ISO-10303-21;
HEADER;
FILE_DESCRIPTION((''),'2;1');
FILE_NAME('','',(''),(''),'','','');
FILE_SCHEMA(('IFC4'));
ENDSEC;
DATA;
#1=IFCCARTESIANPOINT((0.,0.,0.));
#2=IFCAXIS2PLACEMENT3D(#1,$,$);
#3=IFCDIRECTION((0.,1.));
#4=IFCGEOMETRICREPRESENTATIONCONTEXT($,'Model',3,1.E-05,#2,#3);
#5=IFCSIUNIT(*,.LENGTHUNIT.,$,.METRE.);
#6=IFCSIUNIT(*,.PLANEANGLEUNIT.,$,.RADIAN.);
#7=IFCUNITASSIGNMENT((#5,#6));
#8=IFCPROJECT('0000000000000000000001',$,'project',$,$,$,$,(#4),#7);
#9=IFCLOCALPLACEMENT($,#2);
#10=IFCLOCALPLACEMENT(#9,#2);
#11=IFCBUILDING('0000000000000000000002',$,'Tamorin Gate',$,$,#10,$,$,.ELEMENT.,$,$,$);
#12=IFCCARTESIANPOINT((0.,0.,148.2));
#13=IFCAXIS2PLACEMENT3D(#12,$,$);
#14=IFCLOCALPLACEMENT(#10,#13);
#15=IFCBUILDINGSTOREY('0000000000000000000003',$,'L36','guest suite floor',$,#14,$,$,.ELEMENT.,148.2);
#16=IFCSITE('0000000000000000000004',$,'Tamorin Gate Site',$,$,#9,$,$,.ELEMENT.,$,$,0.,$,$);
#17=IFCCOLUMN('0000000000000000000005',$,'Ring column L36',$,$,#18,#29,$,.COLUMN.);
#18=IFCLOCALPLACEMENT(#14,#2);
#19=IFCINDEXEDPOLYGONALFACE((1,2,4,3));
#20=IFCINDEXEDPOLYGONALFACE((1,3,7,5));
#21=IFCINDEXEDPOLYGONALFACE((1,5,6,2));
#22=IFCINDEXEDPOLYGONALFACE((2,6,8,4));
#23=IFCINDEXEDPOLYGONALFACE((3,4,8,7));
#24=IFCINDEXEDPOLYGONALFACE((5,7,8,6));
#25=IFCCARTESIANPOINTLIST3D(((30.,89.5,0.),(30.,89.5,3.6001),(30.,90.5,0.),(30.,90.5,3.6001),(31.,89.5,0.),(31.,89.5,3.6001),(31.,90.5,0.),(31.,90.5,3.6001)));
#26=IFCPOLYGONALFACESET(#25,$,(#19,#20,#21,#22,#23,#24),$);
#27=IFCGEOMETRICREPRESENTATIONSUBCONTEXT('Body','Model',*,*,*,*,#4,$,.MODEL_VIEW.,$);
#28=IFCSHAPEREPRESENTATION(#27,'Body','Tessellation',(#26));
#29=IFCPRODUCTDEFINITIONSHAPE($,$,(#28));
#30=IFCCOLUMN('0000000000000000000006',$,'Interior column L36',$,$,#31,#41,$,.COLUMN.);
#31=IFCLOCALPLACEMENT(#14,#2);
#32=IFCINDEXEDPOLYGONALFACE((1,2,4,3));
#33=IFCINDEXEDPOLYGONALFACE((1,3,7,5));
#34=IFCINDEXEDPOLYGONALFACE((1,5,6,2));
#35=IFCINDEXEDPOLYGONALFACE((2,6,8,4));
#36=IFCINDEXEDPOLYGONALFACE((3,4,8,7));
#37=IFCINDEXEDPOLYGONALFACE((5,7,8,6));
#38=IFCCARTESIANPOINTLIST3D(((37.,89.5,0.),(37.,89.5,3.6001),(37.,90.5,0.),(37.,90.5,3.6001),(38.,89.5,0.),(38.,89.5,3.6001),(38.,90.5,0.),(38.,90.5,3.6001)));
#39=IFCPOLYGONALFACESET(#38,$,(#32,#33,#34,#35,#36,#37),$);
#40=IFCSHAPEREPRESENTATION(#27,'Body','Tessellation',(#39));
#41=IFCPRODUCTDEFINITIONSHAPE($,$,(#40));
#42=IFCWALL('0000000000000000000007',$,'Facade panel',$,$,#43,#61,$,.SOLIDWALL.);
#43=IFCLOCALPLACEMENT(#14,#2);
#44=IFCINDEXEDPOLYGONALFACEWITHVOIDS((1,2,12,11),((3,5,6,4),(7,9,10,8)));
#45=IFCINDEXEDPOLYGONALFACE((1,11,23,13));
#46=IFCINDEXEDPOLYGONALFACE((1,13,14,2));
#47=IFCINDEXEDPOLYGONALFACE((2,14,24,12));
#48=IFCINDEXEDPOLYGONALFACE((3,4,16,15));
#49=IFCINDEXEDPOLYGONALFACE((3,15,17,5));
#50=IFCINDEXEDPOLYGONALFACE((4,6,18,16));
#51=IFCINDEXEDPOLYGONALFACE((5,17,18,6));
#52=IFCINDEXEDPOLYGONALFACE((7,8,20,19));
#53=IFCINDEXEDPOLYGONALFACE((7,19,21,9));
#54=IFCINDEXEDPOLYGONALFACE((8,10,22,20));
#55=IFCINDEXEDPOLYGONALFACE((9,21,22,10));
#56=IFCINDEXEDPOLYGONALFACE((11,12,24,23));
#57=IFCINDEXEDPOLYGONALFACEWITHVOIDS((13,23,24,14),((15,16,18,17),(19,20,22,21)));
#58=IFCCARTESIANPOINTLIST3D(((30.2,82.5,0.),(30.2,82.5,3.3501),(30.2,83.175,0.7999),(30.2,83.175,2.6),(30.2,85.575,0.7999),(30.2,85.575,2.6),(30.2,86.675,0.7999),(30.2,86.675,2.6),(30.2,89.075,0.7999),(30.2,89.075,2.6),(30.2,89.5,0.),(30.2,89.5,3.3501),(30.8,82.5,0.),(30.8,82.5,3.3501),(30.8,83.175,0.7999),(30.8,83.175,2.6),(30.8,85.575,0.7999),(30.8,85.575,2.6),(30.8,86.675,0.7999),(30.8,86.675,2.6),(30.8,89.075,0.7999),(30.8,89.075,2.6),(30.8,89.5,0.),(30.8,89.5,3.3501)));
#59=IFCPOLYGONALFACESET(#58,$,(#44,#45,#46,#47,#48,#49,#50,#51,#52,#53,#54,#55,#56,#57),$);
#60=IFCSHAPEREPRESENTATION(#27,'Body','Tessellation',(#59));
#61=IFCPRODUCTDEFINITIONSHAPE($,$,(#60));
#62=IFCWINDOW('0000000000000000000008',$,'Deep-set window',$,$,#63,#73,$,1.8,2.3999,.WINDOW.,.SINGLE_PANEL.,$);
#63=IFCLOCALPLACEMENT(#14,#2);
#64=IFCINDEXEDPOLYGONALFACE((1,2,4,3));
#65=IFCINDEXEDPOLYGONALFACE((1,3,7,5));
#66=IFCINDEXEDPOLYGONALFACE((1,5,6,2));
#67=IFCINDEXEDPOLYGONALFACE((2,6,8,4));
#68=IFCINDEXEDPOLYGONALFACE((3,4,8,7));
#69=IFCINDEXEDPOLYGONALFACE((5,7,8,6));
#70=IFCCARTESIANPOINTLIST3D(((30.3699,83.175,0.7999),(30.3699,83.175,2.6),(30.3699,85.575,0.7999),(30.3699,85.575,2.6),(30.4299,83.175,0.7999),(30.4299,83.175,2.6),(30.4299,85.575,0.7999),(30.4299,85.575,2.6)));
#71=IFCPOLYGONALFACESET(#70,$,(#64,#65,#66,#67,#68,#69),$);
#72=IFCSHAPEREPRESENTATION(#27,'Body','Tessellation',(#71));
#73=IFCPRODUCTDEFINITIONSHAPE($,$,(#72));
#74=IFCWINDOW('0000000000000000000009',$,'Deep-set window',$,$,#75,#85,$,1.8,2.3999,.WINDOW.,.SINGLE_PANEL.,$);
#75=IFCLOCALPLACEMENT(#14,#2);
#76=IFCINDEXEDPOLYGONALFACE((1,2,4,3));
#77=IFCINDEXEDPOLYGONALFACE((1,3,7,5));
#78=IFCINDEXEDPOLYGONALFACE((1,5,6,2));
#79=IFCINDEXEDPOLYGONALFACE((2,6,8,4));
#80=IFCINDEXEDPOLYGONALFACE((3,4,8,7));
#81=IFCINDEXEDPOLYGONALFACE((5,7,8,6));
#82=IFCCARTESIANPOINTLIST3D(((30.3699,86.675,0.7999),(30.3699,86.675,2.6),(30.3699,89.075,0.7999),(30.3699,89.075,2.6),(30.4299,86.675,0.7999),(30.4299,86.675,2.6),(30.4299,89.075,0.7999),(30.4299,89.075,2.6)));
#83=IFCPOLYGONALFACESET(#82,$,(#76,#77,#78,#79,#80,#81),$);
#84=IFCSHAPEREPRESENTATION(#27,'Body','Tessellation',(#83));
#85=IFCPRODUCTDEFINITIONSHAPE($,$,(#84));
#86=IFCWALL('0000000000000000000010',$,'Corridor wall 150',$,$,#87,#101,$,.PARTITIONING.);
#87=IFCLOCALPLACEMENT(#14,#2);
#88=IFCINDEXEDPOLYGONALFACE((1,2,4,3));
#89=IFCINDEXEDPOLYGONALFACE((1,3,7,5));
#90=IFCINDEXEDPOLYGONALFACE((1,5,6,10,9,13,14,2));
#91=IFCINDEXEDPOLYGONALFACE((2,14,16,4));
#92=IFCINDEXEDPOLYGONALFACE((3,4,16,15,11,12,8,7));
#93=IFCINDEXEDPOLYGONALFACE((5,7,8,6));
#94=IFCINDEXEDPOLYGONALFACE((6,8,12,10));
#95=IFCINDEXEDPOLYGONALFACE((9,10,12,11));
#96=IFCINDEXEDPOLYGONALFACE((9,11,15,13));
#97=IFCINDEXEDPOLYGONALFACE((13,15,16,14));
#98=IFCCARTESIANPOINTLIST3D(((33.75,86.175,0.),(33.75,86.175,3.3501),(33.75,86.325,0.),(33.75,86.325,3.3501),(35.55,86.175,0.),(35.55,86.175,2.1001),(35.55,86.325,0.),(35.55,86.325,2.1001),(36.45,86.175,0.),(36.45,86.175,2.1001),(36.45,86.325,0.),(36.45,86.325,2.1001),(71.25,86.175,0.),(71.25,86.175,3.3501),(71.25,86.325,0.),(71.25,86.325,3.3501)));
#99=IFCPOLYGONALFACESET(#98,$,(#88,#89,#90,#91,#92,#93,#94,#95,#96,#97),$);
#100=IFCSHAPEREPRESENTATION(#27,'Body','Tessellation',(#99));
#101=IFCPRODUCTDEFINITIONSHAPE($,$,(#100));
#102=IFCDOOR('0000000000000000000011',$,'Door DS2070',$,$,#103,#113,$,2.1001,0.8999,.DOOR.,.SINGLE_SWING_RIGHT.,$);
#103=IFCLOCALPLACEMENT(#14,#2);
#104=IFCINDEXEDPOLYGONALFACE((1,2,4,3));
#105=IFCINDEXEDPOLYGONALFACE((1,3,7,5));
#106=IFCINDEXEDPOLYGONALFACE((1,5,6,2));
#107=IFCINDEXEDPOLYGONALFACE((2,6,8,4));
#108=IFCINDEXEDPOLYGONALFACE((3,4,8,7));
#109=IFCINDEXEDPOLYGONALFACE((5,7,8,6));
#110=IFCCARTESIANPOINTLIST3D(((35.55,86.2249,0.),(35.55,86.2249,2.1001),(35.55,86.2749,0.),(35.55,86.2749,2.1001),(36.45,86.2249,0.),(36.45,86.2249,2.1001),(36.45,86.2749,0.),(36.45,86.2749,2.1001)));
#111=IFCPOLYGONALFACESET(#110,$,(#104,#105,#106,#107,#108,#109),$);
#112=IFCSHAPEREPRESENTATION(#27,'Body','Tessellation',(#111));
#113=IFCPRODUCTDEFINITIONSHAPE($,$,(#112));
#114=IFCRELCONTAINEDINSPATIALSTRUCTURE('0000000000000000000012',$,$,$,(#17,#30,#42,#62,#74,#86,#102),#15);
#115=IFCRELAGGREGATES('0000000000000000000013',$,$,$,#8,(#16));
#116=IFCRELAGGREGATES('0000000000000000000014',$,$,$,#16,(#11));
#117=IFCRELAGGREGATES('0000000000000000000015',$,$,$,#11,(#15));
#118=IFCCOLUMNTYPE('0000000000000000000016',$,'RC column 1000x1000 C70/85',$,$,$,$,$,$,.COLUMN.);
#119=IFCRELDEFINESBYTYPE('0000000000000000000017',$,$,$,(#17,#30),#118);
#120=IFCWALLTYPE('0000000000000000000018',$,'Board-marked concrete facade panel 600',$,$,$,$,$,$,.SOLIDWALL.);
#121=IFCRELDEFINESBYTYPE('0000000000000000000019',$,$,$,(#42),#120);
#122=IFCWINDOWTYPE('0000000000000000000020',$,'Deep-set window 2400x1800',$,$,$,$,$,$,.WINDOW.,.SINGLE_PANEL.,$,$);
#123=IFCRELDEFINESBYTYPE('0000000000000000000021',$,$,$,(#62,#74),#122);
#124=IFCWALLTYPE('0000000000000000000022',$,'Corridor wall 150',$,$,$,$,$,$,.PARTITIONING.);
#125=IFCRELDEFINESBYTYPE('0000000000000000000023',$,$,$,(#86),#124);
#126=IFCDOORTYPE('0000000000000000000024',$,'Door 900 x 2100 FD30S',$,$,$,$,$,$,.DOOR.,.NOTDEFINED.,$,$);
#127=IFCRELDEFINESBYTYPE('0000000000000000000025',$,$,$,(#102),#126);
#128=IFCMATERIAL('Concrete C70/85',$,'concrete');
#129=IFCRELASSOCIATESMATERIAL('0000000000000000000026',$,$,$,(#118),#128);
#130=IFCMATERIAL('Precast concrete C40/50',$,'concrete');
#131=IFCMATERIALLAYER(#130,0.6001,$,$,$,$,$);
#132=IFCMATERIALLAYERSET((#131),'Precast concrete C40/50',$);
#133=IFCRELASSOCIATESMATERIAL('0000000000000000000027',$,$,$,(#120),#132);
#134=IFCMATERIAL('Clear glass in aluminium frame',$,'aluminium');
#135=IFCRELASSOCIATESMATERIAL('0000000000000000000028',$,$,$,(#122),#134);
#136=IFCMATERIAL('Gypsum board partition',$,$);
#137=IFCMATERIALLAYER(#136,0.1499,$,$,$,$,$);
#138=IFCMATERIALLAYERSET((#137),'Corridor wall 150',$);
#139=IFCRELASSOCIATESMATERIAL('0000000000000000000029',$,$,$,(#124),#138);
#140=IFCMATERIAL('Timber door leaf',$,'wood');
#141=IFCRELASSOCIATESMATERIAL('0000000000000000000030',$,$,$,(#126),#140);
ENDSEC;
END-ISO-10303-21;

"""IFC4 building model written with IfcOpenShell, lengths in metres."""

from ifc_helpers import new_model, si_unit, direction, frame, frame_2d, origin, origin_2d, place, context, subcontext, project, spatial, rectangle, extrude, material, layer, layer_set, material_profile, profile_set, type_object, element, fill, save


model = new_model("IFC4")

# Units and contexts
model_context = context("Model", 3, precision=1e-05, world=origin(), true_north=direction((0.0, 1.0)))
body_context = subcontext(model_context, "Body", "Model", "MODEL_VIEW")
ifc_project = project(units=[si_unit("LENGTHUNIT", "METRE"), si_unit("PLANEANGLEUNIT", "RADIAN")], contexts=[model_context])

# Site, building, storey
site_placement = place(None, origin())
site = spatial("IfcSite", under=ifc_project, at=site_placement, Name="Tamorin Gate Site", CompositionType="ELEMENT", RefElevation=0.0)
building_placement = place(site_placement, origin())
building = spatial("IfcBuilding", under=site, at=building_placement, Name="Tamorin Gate", CompositionType="ELEMENT")
storey_placement = place(building_placement, frame((0.0, 0.0, 148.2)))
storey = spatial("IfcBuildingStorey", under=building, at=storey_placement, Name="L36", Description="guest suite floor", CompositionType="ELEMENT", Elevation=148.2)

# Columns
ifc_material_1 = material(Name="Concrete C70/85", Category="concrete")
ifc_material_profile = material_profile(ifc_material_1, rectangle(XDim=1.0, YDim=1.0, at=origin_2d()), Name="RC 1000x1000")
ifc_profile_set = profile_set([ifc_material_profile], Name="Concrete C70/85")
column_type = type_object("IfcColumnType", Name="RC column 1000x1000 C70/85", PredefinedType="COLUMN", material=ifc_profile_set)
for number, where, z_axis, x_axis, name in (
    (1, (30.5, 90.0, 0.0), (0.0, 0.0, 1.0), (1.0, 0.0, 0.0), "Ring column L36"),
    (2, (37.5, 90.0, 0.0), (0.0, 0.0, 1.0), (1.0, 0.0, 0.0), "Interior column L36"),
):
    element("IfcColumn", number, at=place(storey_placement, frame(where, z_axis=z_axis, x_axis=x_axis)), inside=storey, type_object=column_type, Name=name, PredefinedType="COLUMN", context=body_context, shape_type="SweptSolid", body=[
        extrude(rectangle(XDim=1.0, YDim=1.0, at=origin_2d()), origin(), (0.0, 0.0, 1.0), 3.6001),
    ])

# Wall, openings, windows
ifc_material_2 = material(Name="Precast concrete C40/50", Category="concrete")
ifc_layer_1 = layer(ifc_material_2, 0.6001)
ifc_layer_set_1 = layer_set([ifc_layer_1], Name="Precast concrete C40/50")
wall_type_1 = type_object("IfcWallType", Name="Board-marked concrete facade panel 600", PredefinedType="SOLIDWALL", material=ifc_layer_set_1)
wall_1_placement = place(storey_placement, frame((30.5, 89.5, 0.0), z_axis=(0.0, 0.0, 1.0), x_axis=(0.0, -1.0, 0.0)))
wall_1 = element("IfcWall", 3, at=wall_1_placement, inside=storey, type_object=wall_type_1, Name="Facade panel", PredefinedType="SOLIDWALL", context=body_context, shape_type="SweptSolid", body=[
    extrude(rectangle(XDim=7.0, YDim=0.6001, at=frame_2d((3.5, 0.0))), origin(), (0.0, 0.0, 1.0), 3.3501),
])
opening_1_placement = place(wall_1_placement, frame((3.925, 0.0, 0.8)))
opening_1 = element("IfcOpeningElement", 4, at=opening_1_placement, cuts=wall_1, PredefinedType="OPENING", context=body_context, shape_type="SweptSolid", body=[
    extrude(rectangle(XDim=2.3999, YDim=1.8, at=frame_2d((1.2, 0.8999))), frame((0.0, 0.3101, 0.0), z_axis=(0.0, -1.0, 0.0), x_axis=(1.0, 0.0, 0.0)), (0.0, 0.0, 1.0), 0.6201),
])
opening_2_placement = place(wall_1_placement, frame((0.425, 0.0, 0.8)))
opening_2 = element("IfcOpeningElement", 5, at=opening_2_placement, cuts=wall_1, PredefinedType="OPENING", context=body_context, shape_type="SweptSolid", body=[
    extrude(rectangle(XDim=2.3999, YDim=1.8, at=frame_2d((1.2, 0.8999))), frame((0.0, 0.3101, 0.0), z_axis=(0.0, -1.0, 0.0), x_axis=(1.0, 0.0, 0.0)), (0.0, 0.0, 1.0), 0.6201),
])
ifc_material_3 = material(Name="Clear glass in aluminium frame", Category="aluminium")
window_type = type_object("IfcWindowType", Name="Deep-set window 2400x1800", PartitioningType="SINGLE_PANEL", PredefinedType="WINDOW", material=ifc_material_3)
window_1_placement = place(opening_1_placement, origin())
window_1 = element("IfcWindow", 6, at=window_1_placement, inside=storey, type_object=window_type, Name="Deep-set window", OverallHeight=1.8, OverallWidth=2.3999, PartitioningType="SINGLE_PANEL", PredefinedType="WINDOW", context=body_context, shape_type="SweptSolid", body=[
    extrude(rectangle(XDim=2.3999, YDim=1.8, at=frame_2d((1.2, 0.8999))), frame((0.0, -0.0701, 0.0), z_axis=(0.0, -1.0, 0.0), x_axis=(1.0, 0.0, 0.0)), (0.0, 0.0, 1.0), 0.0601),
])
fill(opening_1, window_1)
window_2_placement = place(opening_2_placement, origin())
window_2 = element("IfcWindow", 7, at=window_2_placement, inside=storey, type_object=window_type, Name="Deep-set window", OverallHeight=1.8, OverallWidth=2.3999, PartitioningType="SINGLE_PANEL", PredefinedType="WINDOW", context=body_context, shape_type="SweptSolid", body=[
    extrude(rectangle(XDim=2.3999, YDim=1.8, at=frame_2d((1.2, 0.8999))), frame((0.0, -0.0701, 0.0), z_axis=(0.0, -1.0, 0.0), x_axis=(1.0, 0.0, 0.0)), (0.0, 0.0, 1.0), 0.0601),
])
fill(opening_2, window_2)

# Wall, opening, door
ifc_material_4 = material(Name="Gypsum board partition")
ifc_layer_2 = layer(ifc_material_4, 0.1499)
ifc_layer_set_2 = layer_set([ifc_layer_2], Name="Corridor wall 150")
wall_type_2 = type_object("IfcWallType", Name="Corridor wall 150", PredefinedType="PARTITIONING", material=ifc_layer_set_2)
wall_2_placement = place(storey_placement, frame((33.75, 86.25, 0.0), z_axis=(0.0, 0.0, 1.0), x_axis=(1.0, 0.0, 0.0)))
wall_2 = element("IfcWall", 8, at=wall_2_placement, inside=storey, type_object=wall_type_2, Name="Corridor wall 150", PredefinedType="PARTITIONING", context=body_context, shape_type="SweptSolid", body=[
    extrude(rectangle(XDim=37.5, YDim=0.1499, at=frame_2d((18.75, 0.0))), origin(), (0.0, 0.0, 1.0), 3.3501),
])
opening_3_placement = place(wall_2_placement, frame((1.8, 0.0, 0.0)))
opening_3 = element("IfcOpeningElement", 9, at=opening_3_placement, cuts=wall_2, PredefinedType="OPENING", context=body_context, shape_type="SweptSolid", body=[
    extrude(rectangle(XDim=0.8999, YDim=2.1001, at=frame_2d((0.45, 1.05))), frame((0.0, 0.085, 0.0), z_axis=(0.0, -1.0, 0.0), x_axis=(1.0, 0.0, 0.0)), (0.0, 0.0, 1.0), 0.1699),
])
ifc_material_5 = material(Name="Timber door leaf", Category="wood")
door_type_1 = type_object("IfcDoorType", Name="Door 900 x 2100 FD30S", OperationType="NOTDEFINED", PredefinedType="DOOR", material=ifc_material_5)
door_1_placement = place(opening_3_placement, origin())
door_1 = element("IfcDoor", 10, at=door_1_placement, inside=storey, type_object=door_type_1, Name="Door DS2070", OperationType="SINGLE_SWING_RIGHT", OverallHeight=2.1001, OverallWidth=0.8999, PredefinedType="DOOR", context=body_context, shape_type="SweptSolid", body=[
    extrude(rectangle(XDim=0.8999, YDim=2.1001, at=frame_2d((0.45, 1.05))), frame((0.0, 0.0249, 0.0), z_axis=(0.0, -1.0, 0.0), x_axis=(1.0, 0.0, 0.0)), (0.0, 0.0, 1.0), 0.05),
])
fill(opening_3, door_1)

save(model, "model.ifc")
